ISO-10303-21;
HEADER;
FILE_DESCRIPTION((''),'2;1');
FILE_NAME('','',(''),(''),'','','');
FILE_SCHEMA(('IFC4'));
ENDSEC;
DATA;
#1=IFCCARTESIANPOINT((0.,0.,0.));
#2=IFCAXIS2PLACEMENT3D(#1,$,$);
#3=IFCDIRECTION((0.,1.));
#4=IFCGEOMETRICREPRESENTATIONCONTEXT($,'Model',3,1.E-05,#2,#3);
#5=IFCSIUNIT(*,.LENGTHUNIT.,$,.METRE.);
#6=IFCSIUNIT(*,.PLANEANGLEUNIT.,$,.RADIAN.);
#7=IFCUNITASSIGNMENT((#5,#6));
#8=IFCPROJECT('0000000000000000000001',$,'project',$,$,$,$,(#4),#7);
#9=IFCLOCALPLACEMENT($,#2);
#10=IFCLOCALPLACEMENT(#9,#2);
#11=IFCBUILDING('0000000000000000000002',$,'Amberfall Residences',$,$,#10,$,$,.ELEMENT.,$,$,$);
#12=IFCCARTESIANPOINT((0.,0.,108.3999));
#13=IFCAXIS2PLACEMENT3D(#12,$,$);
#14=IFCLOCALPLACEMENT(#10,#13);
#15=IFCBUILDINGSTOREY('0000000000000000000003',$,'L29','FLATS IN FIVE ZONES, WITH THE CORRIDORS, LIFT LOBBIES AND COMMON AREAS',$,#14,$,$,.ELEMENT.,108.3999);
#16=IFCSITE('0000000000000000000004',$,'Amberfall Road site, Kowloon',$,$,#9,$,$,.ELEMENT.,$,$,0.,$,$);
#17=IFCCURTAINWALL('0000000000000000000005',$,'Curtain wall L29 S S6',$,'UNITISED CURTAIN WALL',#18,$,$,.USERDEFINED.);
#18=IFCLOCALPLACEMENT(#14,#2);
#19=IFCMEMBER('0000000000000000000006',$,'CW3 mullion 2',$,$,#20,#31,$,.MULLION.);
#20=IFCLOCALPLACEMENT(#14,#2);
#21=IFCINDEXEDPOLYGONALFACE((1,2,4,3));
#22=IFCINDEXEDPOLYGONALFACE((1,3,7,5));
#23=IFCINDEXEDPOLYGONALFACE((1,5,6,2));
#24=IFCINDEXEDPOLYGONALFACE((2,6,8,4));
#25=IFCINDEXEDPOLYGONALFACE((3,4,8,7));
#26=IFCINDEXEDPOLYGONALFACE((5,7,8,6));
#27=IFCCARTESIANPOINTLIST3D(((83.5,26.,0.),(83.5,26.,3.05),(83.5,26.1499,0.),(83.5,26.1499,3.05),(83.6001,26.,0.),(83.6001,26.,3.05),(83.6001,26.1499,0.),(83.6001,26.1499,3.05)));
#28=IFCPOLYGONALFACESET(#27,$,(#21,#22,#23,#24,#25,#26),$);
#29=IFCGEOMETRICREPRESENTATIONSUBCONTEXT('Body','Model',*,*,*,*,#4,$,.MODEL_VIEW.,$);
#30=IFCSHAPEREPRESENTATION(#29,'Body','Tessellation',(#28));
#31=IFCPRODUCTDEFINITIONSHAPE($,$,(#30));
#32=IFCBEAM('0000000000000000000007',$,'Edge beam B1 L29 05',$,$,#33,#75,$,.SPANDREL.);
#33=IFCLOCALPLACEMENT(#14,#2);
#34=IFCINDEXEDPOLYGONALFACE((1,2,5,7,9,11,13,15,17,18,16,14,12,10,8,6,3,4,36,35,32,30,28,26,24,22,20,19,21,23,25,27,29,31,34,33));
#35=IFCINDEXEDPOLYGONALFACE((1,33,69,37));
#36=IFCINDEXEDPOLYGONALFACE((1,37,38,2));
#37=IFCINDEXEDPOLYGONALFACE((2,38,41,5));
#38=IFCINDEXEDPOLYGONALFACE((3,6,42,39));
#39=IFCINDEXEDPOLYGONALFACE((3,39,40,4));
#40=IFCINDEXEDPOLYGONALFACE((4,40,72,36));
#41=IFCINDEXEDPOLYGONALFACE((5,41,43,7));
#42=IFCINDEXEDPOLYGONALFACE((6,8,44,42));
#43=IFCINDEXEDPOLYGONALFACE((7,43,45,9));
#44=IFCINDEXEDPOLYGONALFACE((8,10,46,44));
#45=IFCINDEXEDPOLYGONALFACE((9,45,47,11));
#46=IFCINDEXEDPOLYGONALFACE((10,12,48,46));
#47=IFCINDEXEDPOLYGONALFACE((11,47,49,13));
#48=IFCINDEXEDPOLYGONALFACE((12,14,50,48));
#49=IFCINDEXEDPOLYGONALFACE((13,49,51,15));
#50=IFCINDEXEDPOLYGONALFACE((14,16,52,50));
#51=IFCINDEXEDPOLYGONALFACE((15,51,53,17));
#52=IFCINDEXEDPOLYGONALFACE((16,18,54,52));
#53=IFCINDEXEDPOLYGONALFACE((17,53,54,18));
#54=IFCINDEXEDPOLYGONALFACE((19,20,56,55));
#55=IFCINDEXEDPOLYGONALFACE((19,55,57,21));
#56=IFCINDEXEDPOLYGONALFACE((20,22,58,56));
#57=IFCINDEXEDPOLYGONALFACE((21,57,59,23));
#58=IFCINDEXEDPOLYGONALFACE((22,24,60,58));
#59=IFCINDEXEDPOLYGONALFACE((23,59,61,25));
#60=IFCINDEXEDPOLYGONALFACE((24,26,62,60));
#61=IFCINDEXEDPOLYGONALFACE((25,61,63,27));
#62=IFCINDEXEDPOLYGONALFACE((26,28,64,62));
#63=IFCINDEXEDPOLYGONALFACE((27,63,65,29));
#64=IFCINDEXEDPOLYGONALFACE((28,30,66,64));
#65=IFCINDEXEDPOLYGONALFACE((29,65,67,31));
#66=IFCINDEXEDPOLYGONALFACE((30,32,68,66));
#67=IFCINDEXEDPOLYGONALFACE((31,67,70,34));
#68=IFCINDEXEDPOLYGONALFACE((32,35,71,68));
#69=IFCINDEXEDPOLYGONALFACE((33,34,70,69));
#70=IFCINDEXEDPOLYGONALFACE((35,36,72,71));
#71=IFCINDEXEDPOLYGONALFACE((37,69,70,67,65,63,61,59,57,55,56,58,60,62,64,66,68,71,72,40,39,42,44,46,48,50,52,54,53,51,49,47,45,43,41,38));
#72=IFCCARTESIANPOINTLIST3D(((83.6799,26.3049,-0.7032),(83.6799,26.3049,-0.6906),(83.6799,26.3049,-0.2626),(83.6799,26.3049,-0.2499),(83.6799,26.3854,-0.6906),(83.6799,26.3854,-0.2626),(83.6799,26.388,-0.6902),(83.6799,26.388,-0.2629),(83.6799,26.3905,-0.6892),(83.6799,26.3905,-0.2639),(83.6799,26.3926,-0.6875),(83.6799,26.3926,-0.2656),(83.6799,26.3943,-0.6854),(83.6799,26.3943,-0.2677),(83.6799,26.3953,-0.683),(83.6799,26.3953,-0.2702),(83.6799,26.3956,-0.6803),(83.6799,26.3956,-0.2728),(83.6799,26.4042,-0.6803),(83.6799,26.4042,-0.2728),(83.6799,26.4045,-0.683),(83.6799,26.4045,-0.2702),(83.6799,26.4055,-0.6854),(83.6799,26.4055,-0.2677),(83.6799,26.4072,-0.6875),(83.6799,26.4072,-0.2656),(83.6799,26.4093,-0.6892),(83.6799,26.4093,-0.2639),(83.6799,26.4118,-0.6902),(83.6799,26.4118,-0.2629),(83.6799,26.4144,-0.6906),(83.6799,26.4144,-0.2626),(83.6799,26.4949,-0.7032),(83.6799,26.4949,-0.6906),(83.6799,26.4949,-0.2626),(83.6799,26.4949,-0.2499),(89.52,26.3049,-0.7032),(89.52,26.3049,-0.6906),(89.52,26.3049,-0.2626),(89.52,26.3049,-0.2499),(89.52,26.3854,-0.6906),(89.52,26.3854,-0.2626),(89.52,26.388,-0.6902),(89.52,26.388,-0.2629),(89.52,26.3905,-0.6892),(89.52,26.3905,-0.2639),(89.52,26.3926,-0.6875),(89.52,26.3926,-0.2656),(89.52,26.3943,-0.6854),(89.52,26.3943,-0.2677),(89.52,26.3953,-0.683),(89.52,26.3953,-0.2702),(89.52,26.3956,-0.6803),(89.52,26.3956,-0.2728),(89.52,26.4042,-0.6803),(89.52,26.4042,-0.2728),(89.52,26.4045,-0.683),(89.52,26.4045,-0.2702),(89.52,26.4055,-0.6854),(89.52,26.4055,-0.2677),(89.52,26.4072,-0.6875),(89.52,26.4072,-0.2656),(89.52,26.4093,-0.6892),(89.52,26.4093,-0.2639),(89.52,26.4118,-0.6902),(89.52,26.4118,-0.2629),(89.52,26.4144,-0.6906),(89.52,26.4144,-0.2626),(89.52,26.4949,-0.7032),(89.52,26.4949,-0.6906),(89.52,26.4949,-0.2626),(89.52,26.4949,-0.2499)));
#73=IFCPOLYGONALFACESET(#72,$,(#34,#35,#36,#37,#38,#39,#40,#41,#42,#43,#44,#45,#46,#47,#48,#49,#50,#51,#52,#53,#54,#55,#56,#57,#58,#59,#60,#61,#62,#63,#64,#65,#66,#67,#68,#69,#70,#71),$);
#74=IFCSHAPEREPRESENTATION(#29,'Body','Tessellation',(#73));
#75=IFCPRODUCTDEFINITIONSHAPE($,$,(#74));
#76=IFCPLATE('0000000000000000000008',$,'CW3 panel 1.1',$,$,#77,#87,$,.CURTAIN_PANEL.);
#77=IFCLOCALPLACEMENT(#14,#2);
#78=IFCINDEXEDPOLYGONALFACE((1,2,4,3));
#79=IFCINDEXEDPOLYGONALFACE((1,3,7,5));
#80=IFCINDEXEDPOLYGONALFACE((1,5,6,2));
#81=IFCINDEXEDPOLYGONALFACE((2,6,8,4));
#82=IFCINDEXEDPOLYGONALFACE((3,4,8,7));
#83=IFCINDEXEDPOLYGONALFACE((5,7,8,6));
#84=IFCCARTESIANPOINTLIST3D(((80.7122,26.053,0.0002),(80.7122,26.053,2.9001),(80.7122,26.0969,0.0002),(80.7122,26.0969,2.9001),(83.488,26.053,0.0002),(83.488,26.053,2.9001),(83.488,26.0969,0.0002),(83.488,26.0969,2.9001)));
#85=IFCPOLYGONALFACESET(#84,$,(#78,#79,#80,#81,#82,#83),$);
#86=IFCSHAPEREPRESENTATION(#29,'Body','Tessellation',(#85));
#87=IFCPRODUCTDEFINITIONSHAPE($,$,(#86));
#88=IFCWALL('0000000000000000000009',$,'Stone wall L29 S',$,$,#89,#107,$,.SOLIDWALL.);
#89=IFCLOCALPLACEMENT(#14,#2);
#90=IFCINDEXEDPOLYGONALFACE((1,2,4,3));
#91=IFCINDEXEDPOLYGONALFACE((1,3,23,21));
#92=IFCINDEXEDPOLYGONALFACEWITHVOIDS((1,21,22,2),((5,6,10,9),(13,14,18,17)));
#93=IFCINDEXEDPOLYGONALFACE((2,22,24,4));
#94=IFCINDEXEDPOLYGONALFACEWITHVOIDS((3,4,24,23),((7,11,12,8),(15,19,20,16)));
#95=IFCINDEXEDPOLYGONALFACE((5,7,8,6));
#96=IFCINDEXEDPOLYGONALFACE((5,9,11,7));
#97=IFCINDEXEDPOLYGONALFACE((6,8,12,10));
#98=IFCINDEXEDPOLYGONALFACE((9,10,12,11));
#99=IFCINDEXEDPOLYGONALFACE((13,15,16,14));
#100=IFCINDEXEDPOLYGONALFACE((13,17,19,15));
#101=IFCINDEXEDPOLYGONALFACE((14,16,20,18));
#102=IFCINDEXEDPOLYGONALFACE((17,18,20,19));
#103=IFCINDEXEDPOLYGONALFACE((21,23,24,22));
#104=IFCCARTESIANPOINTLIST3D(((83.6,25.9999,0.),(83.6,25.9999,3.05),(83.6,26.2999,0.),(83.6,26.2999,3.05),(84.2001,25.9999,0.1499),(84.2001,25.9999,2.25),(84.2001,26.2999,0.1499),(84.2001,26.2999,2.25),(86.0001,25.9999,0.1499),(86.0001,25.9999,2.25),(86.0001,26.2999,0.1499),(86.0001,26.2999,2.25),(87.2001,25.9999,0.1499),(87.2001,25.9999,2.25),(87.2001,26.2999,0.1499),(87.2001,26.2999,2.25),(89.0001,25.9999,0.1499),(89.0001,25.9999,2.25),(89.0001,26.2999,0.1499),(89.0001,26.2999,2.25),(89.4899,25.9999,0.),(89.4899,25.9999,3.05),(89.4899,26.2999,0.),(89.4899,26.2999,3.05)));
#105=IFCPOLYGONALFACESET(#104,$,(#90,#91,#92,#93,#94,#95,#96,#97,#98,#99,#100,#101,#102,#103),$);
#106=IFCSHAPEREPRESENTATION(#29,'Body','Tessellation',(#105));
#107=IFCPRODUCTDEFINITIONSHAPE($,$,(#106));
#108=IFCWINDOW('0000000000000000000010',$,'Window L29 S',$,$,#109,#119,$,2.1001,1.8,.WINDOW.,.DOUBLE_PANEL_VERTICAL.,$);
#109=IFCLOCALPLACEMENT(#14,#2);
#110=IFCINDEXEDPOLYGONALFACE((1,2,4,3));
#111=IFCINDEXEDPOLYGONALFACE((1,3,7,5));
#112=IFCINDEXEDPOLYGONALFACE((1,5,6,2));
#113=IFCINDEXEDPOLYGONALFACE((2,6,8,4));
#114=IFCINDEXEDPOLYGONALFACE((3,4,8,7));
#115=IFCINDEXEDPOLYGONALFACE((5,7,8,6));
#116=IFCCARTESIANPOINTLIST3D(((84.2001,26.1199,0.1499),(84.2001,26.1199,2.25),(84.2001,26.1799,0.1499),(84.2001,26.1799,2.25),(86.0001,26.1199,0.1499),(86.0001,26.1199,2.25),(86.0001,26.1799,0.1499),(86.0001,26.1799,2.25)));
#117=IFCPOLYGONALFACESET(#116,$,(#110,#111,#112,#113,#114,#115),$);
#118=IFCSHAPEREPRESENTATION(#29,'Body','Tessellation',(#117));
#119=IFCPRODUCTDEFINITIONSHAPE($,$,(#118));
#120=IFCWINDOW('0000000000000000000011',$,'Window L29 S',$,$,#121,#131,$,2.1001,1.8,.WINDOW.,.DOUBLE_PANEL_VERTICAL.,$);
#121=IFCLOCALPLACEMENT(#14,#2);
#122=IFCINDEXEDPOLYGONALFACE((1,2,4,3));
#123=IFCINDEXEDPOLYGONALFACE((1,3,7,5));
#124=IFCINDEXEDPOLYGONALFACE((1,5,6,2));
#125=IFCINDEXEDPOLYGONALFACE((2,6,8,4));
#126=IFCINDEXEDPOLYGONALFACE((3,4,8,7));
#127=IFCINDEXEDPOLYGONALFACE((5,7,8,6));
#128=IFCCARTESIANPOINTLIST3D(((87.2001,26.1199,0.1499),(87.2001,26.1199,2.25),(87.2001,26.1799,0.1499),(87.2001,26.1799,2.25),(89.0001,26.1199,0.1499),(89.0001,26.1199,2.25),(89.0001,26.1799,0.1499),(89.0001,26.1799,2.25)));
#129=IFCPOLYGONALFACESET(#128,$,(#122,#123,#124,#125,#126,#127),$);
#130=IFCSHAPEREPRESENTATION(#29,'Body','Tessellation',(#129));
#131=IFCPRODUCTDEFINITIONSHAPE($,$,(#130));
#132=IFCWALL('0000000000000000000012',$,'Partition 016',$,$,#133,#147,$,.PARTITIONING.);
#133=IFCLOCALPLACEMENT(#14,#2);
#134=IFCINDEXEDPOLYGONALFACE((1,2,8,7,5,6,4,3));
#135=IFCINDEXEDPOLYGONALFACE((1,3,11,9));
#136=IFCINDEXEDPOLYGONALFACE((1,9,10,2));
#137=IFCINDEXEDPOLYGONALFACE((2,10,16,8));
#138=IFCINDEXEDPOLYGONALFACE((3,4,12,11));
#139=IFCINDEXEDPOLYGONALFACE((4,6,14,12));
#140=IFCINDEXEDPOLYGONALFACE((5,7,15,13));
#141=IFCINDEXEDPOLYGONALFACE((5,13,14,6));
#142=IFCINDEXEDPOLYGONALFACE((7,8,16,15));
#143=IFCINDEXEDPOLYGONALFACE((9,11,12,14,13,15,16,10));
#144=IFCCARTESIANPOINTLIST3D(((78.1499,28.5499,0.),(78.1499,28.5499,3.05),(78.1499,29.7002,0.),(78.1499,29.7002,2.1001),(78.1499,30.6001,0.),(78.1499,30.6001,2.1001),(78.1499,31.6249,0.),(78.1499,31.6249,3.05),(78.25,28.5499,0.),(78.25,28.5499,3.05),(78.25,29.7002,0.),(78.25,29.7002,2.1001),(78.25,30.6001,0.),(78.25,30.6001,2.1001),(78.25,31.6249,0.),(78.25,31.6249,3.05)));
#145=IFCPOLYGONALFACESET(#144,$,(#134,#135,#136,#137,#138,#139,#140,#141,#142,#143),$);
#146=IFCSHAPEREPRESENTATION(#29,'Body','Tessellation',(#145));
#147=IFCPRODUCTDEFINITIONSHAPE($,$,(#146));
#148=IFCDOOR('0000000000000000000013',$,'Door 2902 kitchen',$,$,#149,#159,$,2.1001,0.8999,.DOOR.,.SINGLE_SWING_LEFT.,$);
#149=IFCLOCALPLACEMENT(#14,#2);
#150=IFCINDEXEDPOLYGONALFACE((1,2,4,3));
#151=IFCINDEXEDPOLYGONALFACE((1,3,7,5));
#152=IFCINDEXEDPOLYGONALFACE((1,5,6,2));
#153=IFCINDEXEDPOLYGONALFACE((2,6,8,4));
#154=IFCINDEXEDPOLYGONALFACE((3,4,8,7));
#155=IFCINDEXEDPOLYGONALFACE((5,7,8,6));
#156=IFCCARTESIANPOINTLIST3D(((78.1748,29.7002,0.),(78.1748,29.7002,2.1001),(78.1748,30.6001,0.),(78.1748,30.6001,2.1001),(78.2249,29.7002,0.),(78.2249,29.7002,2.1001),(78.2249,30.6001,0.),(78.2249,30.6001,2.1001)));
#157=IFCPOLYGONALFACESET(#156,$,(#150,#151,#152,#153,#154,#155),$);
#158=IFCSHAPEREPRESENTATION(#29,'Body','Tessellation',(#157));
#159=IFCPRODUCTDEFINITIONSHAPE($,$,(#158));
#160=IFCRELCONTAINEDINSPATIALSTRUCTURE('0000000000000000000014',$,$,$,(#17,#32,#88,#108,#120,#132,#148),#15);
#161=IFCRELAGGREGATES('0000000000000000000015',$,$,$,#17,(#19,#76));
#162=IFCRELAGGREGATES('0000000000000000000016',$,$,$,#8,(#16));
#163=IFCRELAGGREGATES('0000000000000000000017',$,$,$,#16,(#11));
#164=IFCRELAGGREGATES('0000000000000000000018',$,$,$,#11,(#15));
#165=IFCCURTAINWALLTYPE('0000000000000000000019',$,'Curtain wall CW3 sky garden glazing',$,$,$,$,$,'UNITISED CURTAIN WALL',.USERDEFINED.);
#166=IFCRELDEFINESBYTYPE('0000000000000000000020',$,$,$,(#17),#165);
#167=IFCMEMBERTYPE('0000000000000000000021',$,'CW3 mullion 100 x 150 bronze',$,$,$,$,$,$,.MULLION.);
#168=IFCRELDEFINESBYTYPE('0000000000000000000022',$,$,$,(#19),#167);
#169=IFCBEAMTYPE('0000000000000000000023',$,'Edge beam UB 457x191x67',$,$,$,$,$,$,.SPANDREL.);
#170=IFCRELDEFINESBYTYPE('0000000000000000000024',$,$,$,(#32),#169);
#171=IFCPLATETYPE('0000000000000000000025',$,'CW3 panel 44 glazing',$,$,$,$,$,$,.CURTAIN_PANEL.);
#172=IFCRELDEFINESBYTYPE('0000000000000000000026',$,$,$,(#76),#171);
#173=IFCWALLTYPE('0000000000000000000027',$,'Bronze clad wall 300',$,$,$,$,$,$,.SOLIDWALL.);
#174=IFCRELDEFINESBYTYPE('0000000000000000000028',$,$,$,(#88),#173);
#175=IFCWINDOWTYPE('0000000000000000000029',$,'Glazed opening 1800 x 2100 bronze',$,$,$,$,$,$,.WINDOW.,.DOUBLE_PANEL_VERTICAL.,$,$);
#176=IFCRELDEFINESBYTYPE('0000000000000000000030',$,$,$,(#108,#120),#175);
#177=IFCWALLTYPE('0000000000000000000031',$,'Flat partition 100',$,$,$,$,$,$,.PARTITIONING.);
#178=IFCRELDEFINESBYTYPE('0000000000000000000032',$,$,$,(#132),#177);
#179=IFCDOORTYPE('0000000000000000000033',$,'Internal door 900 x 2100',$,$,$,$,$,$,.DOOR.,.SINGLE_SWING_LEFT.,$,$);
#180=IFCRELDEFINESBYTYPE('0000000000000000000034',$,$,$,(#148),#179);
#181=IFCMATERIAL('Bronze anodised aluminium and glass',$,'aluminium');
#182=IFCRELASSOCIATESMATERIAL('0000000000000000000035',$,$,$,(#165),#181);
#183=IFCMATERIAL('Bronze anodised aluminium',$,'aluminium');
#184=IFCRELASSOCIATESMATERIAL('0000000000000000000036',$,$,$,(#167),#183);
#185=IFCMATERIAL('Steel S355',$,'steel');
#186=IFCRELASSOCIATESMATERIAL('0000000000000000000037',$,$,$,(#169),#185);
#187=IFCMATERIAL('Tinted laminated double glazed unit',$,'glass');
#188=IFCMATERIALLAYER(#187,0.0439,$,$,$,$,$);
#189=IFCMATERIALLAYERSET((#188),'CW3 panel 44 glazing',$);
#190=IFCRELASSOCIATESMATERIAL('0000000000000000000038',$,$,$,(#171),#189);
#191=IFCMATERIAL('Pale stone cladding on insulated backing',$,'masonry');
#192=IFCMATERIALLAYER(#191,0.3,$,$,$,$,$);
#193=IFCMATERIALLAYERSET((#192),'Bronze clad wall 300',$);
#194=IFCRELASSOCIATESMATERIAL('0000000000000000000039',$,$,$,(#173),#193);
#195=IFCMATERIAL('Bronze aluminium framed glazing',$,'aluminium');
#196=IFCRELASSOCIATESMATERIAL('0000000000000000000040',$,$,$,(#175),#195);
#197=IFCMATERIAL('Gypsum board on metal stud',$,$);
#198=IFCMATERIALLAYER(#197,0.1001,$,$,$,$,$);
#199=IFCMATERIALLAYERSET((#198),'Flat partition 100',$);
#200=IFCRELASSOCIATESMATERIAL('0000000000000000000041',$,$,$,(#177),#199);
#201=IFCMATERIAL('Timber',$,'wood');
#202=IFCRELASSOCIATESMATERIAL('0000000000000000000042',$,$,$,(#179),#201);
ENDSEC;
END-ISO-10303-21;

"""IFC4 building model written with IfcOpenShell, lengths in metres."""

from ifc_helpers import new_model, si_unit, direction, frame, frame_2d, origin, origin_2d, place, context, subcontext, project, spatial, rectangle, i_section, extrude, material, layer, layer_set, material_profile, profile_set, type_object, element, fill, aggregate, save


model = new_model("IFC4")

# Units and contexts
model_context = context("Model", 3, precision=1e-05, world=origin(), true_north=direction((0.0, 1.0)))
body_context = subcontext(model_context, "Body", "Model", "MODEL_VIEW")
ifc_project = project(units=[si_unit("LENGTHUNIT", "METRE"), si_unit("PLANEANGLEUNIT", "RADIAN")], contexts=[model_context])

# Site, building, storey
site_placement = place(None, origin())
site = spatial("IfcSite", under=ifc_project, at=site_placement, Name="Amberfall Road site, Kowloon", CompositionType="ELEMENT", RefElevation=0.0)
building_placement = place(site_placement, origin())
building = spatial("IfcBuilding", under=site, at=building_placement, Name="Amberfall Residences", CompositionType="ELEMENT")
storey_placement = place(building_placement, frame((0.0, 0.0, 108.3999)))
storey = spatial("IfcBuildingStorey", under=building, at=storey_placement, Name="L29", Description="FLATS IN FIVE ZONES, WITH THE CORRIDORS, LIFT LOBBIES AND COMMON AREAS", CompositionType="ELEMENT", Elevation=108.3999)

# Curtain wall, member
ifc_material_1 = material(Name="Bronze anodised aluminium and glass", Category="aluminium")
curtain_wall_type = type_object("IfcCurtainWallType", Name="Curtain wall CW3 sky garden glazing", ElementType="UNITISED CURTAIN WALL", PredefinedType="USERDEFINED", material=ifc_material_1)
curtain_wall_placement = place(storey_placement, origin())
curtain_wall = element("IfcCurtainWall", 1, at=curtain_wall_placement, inside=storey, type_object=curtain_wall_type, Name="Curtain wall L29 S S6", ObjectType="UNITISED CURTAIN WALL", PredefinedType="USERDEFINED")
ifc_material_2 = material(Name="Bronze anodised aluminium", Category="aluminium")
ifc_material_profile_1 = material_profile(ifc_material_2, rectangle(XDim=0.1499, YDim=0.1001, at=origin_2d()), Name="CW3 mullion 100 x 150 bronze")
ifc_profile_set_1 = profile_set([ifc_material_profile_1], Name="Bronze anodised aluminium")
member_type = type_object("IfcMemberType", Name="CW3 mullion 100 x 150 bronze", PredefinedType="MULLION", material=ifc_profile_set_1)
member_placement = place(storey_placement, frame((83.55, 26.075, 0.0), z_axis=(0.0, 0.0, 1.0), x_axis=(0.0, 1.0, 0.0)))
member = element("IfcMember", 2, at=member_placement, type_object=member_type, Name="CW3 mullion 2", PredefinedType="MULLION", context=body_context, shape_type="SweptSolid", body=[
    extrude(rectangle(XDim=0.1499, YDim=0.1001, at=origin_2d()), origin(), (0.0, 0.0, 1.0), 3.05),
])

# Beam
ifc_material_3 = material(Name="Steel S355", Category="steel")
ifc_material_profile_2 = material_profile(ifc_material_3, i_section(OverallWidth=0.1899, OverallDepth=0.4534, WebThickness=0.0085, FlangeThickness=0.0127, FilletRadius=0.0103, at=origin_2d()), Name="UB 457x191x67")
ifc_profile_set_2 = profile_set([ifc_material_profile_2], Name="Steel S355")
beam_type = type_object("IfcBeamType", Name="Edge beam UB 457x191x67", PredefinedType="SPANDREL", material=ifc_profile_set_2)
beam_placement = place(storey_placement, frame((83.6799, 26.3999, -0.4766), z_axis=(1.0, 0.0, 0.0), x_axis=(0.0, 1.0, 0.0)))
element("IfcBeam", 3, at=beam_placement, inside=storey, type_object=beam_type, Name="Edge beam B1 L29 05", PredefinedType="SPANDREL", context=body_context, shape_type="SweptSolid", body=[
    extrude(i_section(OverallWidth=0.1899, OverallDepth=0.4534, WebThickness=0.0085, FlangeThickness=0.0127, FilletRadius=0.0103, at=origin_2d()), origin(), (0.0, 0.0, 1.0), 5.8401),
])

# Plate
ifc_material_4 = material(Name="Tinted laminated double glazed unit", Category="glass")
ifc_layer_1 = layer(ifc_material_4, 0.0439)
ifc_layer_set_1 = layer_set([ifc_layer_1], Name="CW3 panel 44 glazing")
plate_type = type_object("IfcPlateType", Name="CW3 panel 44 glazing", PredefinedType="CURTAIN_PANEL", material=ifc_layer_set_1)
plate_placement = place(storey_placement, frame((82.1001, 26.075, 0.0002), z_axis=(0.0, 0.0, 1.0), x_axis=(1.0, 0.0, 0.0)))
plate = element("IfcPlate", 4, at=plate_placement, type_object=plate_type, Name="CW3 panel 1.1", PredefinedType="CURTAIN_PANEL", context=body_context, shape_type="SweptSolid", body=[
    extrude(rectangle(XDim=2.7759, YDim=0.0439, at=origin_2d()), origin(), (0.0, 0.0, 1.0), 2.8999),
])
aggregate(curtain_wall, [member, plate])

# Wall, openings, windows
ifc_material_5 = material(Name="Pale stone cladding on insulated backing", Category="masonry")
ifc_layer_2 = layer(ifc_material_5, 0.3)
ifc_layer_set_2 = layer_set([ifc_layer_2], Name="Bronze clad wall 300")
wall_type_1 = type_object("IfcWallType", Name="Bronze clad wall 300", PredefinedType="SOLIDWALL", material=ifc_layer_set_2)
wall_1_placement = place(storey_placement, frame((83.6001, 26.1499, 0.0), z_axis=(0.0, 0.0, 1.0), x_axis=(1.0, 0.0, 0.0)))
wall_1 = element("IfcWall", 5, at=wall_1_placement, inside=storey, type_object=wall_type_1, Name="Stone wall L29 S", PredefinedType="SOLIDWALL", context=body_context, shape_type="SweptSolid", body=[
    extrude(rectangle(XDim=5.8899, YDim=0.3, at=frame_2d((2.9448, 0.0))), origin(), (0.0, 0.0, 1.0), 3.05),
])
opening_1_placement = place(wall_1_placement, frame((0.6001, 0.0, 0.1499)))
opening_1 = element("IfcOpeningElement", 6, at=opening_1_placement, cuts=wall_1, PredefinedType="OPENING", context=body_context, shape_type="SweptSolid", body=[
    extrude(rectangle(XDim=1.8, YDim=2.1001, at=frame_2d((0.8999, 1.05))), frame((0.0, 0.1599, 0.0), z_axis=(0.0, -1.0, 0.0), x_axis=(1.0, 0.0, 0.0)), (0.0, 0.0, 1.0), 0.3201),
])
opening_2_placement = place(wall_1_placement, frame((3.6001, 0.0, 0.1499)))
opening_2 = element("IfcOpeningElement", 7, at=opening_2_placement, cuts=wall_1, PredefinedType="OPENING", context=body_context, shape_type="SweptSolid", body=[
    extrude(rectangle(XDim=1.8, YDim=2.1001, at=frame_2d((0.8999, 1.05))), frame((0.0, 0.1599, 0.0), z_axis=(0.0, -1.0, 0.0), x_axis=(1.0, 0.0, 0.0)), (0.0, 0.0, 1.0), 0.3201),
])
ifc_material_6 = material(Name="Bronze aluminium framed glazing", Category="aluminium")
window_type = type_object("IfcWindowType", Name="Glazed opening 1800 x 2100 bronze", PartitioningType="DOUBLE_PANEL_VERTICAL", PredefinedType="WINDOW", material=ifc_material_6)
window_1_placement = place(opening_1_placement, origin())
window_1 = element("IfcWindow", 8, at=window_1_placement, inside=storey, type_object=window_type, Name="Window L29 S", OverallHeight=2.1001, OverallWidth=1.8, PartitioningType="DOUBLE_PANEL_VERTICAL", PredefinedType="WINDOW", context=body_context, shape_type="SweptSolid", body=[
    extrude(rectangle(XDim=1.8, YDim=2.1001, at=frame_2d((0.8999, 1.05))), frame((0.0, 0.03, 0.0), z_axis=(0.0, -1.0, 0.0), x_axis=(1.0, 0.0, 0.0)), (0.0, 0.0, 1.0), 0.0601),
])
fill(opening_1, window_1)
window_2_placement = place(opening_2_placement, origin())
window_2 = element("IfcWindow", 9, at=window_2_placement, inside=storey, type_object=window_type, Name="Window L29 S", OverallHeight=2.1001, OverallWidth=1.8, PartitioningType="DOUBLE_PANEL_VERTICAL", PredefinedType="WINDOW", context=body_context, shape_type="SweptSolid", body=[
    extrude(rectangle(XDim=1.8, YDim=2.1001, at=frame_2d((0.8999, 1.05))), frame((0.0, 0.03, 0.0), z_axis=(0.0, -1.0, 0.0), x_axis=(1.0, 0.0, 0.0)), (0.0, 0.0, 1.0), 0.0601),
])
fill(opening_2, window_2)

# Wall, opening, door
ifc_material_7 = material(Name="Gypsum board on metal stud")
ifc_layer_3 = layer(ifc_material_7, 0.1001)
ifc_layer_set_3 = layer_set([ifc_layer_3], Name="Flat partition 100")
wall_type_2 = type_object("IfcWallType", Name="Flat partition 100", PredefinedType="PARTITIONING", material=ifc_layer_set_3)
wall_2_placement = place(storey_placement, frame((78.2, 31.625, 0.0), z_axis=(0.0, 0.0, 1.0), x_axis=(0.0, -1.0, 0.0)))
wall_2 = element("IfcWall", 10, at=wall_2_placement, inside=storey, type_object=wall_type_2, Name="Partition 016", PredefinedType="PARTITIONING", context=body_context, shape_type="SweptSolid", body=[
    extrude(rectangle(XDim=3.075, YDim=0.1001, at=frame_2d((1.5376, 0.0))), origin(), (0.0, 0.0, 1.0), 3.05),
])
opening_3_placement = place(wall_2_placement, frame((1.0249, 0.0, 0.0)))
opening_3 = element("IfcOpeningElement", 11, at=opening_3_placement, cuts=wall_2, PredefinedType="OPENING", context=body_context, shape_type="SweptSolid", body=[
    extrude(rectangle(XDim=0.8999, YDim=2.1001, at=frame_2d((0.45, 1.05))), frame((0.0, 0.0601, 0.0), z_axis=(0.0, -1.0, 0.0), x_axis=(1.0, 0.0, 0.0)), (0.0, 0.0, 1.0), 0.1201),
])
ifc_material_8 = material(Name="Timber", Category="wood")
door_type_1 = type_object("IfcDoorType", Name="Internal door 900 x 2100", OperationType="SINGLE_SWING_LEFT", PredefinedType="DOOR", material=ifc_material_8)
door_1_placement = place(opening_3_placement, origin())
door_1 = element("IfcDoor", 12, at=door_1_placement, inside=storey, type_object=door_type_1, Name="Door 2902 kitchen", OperationType="SINGLE_SWING_LEFT", OverallHeight=2.1001, OverallWidth=0.8999, PredefinedType="DOOR", context=body_context, shape_type="SweptSolid", body=[
    extrude(rectangle(XDim=0.8999, YDim=2.1001, at=frame_2d((0.45, 1.05))), frame((0.0, 0.0249, 0.0), z_axis=(0.0, -1.0, 0.0), x_axis=(1.0, 0.0, 0.0)), (0.0, 0.0, 1.0), 0.05),
])
fill(opening_3, door_1)

save(model, "model.ifc")
